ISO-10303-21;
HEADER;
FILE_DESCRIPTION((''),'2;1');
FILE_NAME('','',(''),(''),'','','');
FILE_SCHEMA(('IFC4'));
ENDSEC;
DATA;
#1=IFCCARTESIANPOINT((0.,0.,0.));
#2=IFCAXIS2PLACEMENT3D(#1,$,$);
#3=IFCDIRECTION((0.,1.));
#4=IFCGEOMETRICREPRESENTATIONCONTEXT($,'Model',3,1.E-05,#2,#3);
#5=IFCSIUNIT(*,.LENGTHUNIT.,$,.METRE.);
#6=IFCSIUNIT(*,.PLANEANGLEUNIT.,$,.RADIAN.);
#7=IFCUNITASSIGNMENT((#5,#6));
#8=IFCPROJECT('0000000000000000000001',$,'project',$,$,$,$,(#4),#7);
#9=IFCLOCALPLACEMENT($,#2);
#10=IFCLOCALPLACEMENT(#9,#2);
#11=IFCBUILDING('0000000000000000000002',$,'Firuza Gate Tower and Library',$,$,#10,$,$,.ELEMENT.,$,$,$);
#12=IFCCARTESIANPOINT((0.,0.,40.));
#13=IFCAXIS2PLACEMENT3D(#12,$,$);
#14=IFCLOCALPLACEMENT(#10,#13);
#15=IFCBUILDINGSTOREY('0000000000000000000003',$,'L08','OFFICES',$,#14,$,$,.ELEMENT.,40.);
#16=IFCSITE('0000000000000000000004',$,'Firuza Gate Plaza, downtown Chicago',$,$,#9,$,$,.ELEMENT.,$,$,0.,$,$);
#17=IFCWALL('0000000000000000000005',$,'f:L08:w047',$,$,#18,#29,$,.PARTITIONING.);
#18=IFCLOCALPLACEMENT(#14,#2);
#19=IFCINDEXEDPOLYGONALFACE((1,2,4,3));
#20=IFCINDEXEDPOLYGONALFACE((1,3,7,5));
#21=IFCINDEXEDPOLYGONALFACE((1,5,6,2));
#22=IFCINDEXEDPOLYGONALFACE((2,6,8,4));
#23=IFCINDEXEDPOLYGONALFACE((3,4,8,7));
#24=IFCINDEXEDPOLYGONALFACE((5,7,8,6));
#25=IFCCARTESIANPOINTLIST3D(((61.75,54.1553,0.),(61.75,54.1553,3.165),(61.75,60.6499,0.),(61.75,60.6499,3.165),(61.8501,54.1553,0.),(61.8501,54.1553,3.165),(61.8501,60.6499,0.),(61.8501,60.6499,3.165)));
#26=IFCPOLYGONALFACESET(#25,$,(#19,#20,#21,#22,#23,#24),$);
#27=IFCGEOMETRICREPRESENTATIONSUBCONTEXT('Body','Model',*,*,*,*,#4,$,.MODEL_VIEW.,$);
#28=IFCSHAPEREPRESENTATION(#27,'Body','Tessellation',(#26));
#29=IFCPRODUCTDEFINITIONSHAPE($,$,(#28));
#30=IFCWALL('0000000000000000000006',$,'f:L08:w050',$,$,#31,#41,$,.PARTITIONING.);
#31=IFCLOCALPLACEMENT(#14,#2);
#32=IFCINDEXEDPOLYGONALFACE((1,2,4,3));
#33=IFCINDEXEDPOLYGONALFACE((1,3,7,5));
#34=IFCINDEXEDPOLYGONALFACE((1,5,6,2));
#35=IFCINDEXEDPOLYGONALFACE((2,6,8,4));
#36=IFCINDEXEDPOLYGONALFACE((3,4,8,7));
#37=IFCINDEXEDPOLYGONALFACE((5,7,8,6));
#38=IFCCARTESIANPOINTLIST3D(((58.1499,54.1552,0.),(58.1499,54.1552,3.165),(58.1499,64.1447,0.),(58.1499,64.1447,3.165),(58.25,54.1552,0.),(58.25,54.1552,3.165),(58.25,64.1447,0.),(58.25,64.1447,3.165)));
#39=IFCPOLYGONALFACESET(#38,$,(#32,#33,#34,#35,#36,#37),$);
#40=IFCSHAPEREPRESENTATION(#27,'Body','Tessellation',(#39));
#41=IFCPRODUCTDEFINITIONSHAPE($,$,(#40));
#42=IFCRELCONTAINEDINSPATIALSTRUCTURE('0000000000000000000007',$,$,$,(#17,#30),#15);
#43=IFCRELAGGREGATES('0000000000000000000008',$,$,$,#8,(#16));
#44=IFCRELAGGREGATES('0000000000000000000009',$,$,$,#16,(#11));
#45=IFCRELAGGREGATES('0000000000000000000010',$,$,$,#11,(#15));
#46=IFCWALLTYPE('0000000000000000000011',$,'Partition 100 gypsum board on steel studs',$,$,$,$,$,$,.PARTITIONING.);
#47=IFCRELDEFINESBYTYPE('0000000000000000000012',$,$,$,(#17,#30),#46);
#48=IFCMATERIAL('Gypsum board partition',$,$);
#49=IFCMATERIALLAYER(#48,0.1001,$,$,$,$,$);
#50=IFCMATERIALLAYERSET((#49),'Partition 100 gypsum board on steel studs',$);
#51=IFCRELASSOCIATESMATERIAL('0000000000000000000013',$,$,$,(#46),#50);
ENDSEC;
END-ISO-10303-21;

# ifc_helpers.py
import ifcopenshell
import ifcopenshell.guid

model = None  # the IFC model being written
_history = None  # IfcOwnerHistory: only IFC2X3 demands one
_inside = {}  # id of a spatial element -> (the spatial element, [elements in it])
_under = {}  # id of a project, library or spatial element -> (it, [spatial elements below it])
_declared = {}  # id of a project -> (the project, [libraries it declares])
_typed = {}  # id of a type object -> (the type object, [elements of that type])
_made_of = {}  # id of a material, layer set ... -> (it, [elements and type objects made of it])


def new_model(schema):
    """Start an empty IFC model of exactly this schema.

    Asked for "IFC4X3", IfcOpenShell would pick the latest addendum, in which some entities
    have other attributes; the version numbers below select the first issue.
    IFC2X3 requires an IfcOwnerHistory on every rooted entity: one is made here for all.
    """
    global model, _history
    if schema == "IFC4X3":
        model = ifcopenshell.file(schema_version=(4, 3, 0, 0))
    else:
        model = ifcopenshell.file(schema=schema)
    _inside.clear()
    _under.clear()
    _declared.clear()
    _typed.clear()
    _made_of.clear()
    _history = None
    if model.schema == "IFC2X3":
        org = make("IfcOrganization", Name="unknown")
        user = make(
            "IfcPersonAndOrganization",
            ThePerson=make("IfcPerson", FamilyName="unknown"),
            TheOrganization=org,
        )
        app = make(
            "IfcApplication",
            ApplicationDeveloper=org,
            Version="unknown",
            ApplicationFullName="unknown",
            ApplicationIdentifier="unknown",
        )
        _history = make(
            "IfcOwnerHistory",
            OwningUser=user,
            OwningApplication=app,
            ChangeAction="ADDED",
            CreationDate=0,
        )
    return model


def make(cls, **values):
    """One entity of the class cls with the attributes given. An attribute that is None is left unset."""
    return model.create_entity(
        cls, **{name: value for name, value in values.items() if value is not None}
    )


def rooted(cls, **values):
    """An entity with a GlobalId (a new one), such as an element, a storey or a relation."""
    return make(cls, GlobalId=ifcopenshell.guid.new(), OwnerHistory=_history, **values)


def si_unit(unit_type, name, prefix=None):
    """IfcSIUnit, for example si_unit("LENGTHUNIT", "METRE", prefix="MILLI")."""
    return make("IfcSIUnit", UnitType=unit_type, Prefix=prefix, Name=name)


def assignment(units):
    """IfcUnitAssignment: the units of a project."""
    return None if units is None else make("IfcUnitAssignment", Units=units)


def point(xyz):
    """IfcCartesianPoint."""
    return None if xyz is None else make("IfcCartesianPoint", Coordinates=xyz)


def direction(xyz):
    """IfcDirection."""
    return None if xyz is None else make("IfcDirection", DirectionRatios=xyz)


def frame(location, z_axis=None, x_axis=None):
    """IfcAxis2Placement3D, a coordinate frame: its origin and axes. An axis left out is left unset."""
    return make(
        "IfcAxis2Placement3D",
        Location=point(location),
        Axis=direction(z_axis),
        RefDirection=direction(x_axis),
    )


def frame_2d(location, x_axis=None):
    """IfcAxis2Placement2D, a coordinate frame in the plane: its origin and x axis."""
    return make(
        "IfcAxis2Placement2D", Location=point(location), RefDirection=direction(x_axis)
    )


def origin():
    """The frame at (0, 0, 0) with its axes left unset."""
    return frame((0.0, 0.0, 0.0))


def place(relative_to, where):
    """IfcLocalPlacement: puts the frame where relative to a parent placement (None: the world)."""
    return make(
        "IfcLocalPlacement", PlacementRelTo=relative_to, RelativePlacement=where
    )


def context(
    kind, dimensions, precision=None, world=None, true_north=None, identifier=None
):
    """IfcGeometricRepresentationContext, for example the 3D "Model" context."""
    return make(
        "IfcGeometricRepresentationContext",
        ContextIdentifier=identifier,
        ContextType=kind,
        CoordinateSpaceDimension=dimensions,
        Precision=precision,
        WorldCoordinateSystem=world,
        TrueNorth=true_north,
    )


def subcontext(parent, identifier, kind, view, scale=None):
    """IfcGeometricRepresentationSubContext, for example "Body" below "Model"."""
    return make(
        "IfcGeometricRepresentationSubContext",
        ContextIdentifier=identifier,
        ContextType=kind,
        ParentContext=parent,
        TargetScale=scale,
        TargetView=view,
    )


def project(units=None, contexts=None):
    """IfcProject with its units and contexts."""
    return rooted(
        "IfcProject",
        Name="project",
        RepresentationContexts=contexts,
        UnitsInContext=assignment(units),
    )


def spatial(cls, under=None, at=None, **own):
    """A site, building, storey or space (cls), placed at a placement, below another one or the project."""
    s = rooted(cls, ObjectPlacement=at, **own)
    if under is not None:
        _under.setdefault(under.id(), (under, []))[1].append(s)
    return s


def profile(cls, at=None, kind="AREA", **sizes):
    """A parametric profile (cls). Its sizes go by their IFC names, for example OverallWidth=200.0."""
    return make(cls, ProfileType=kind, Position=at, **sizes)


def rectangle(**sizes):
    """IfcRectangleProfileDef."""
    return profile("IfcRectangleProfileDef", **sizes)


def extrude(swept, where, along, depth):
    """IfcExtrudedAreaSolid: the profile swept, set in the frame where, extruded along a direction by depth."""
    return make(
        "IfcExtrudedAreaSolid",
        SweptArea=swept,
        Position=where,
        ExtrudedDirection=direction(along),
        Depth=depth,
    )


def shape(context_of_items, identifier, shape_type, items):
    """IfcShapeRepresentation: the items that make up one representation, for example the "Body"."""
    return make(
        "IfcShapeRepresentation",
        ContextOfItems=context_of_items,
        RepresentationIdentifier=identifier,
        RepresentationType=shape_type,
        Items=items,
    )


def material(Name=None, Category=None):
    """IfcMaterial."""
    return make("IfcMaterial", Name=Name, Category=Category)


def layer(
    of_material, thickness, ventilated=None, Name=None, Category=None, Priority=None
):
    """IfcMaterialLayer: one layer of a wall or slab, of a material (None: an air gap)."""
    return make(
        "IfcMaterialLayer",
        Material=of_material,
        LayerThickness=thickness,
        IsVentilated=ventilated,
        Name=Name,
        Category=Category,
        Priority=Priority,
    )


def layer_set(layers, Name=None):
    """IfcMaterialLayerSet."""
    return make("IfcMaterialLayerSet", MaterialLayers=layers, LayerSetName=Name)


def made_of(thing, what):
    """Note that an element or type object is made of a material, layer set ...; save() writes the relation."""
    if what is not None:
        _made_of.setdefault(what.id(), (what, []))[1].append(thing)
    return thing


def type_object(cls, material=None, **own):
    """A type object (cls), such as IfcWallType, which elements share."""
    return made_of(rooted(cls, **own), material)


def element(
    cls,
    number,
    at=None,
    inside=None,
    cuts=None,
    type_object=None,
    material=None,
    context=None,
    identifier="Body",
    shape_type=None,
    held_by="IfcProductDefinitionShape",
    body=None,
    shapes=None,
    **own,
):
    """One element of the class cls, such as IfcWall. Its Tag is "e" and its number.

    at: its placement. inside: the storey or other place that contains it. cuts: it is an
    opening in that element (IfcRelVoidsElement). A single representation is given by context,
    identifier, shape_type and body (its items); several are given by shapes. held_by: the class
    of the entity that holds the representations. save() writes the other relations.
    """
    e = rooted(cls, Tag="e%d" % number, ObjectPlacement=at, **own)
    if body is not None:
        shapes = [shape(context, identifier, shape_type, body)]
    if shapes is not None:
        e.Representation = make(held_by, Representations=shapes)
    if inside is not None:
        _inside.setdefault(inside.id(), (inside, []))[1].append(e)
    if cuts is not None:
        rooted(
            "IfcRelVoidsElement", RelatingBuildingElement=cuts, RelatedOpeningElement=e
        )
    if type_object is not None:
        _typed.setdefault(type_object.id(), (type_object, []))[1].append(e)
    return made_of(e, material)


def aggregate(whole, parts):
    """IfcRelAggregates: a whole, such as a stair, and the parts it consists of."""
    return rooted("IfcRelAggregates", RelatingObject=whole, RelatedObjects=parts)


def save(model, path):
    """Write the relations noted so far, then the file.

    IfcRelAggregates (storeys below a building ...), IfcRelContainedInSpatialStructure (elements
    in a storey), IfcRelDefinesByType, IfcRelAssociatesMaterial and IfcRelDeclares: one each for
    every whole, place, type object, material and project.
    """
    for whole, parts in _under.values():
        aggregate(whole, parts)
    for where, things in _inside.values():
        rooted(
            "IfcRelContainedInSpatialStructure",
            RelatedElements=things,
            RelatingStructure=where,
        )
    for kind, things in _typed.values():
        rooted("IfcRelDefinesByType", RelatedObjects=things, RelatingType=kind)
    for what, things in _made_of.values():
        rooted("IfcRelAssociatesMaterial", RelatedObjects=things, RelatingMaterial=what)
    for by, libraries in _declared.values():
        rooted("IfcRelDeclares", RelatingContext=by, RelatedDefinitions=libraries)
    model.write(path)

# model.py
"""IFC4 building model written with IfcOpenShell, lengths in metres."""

from ifc_helpers import new_model, si_unit, direction, frame, frame_2d, origin, place, context, subcontext, project, spatial, rectangle, extrude, material, layer, layer_set, type_object, element, save


model = new_model("IFC4")

# Units and contexts
model_context = context("Model", 3, precision=1e-05, world=origin(), true_north=direction((0.0, 1.0)))
body_context = subcontext(model_context, "Body", "Model", "MODEL_VIEW")
ifc_project = project(units=[si_unit("LENGTHUNIT", "METRE"), si_unit("PLANEANGLEUNIT", "RADIAN")], contexts=[model_context])

# Site, building, storey
site_placement = place(None, origin())
site = spatial("IfcSite", under=ifc_project, at=site_placement, Name="Firuza Gate Plaza, downtown Chicago", CompositionType="ELEMENT", RefElevation=0.0)
building_placement = place(site_placement, origin())
building = spatial("IfcBuilding", under=site, at=building_placement, Name="Firuza Gate Tower and Library", CompositionType="ELEMENT")
storey_placement = place(building_placement, frame((0.0, 0.0, 40.0)))
storey = spatial("IfcBuildingStorey", under=building, at=storey_placement, Name="L08", Description="OFFICES", CompositionType="ELEMENT", Elevation=40.0)

# Walls
ifc_material_1 = material(Name="Gypsum board partition")
ifc_layer_1 = layer(ifc_material_1, 0.1001)
ifc_layer_set_1 = layer_set([ifc_layer_1], Name="Partition 100 gypsum board on steel studs")
wall_type = type_object("IfcWallType", Name="Partition 100 gypsum board on steel studs", PredefinedType="PARTITIONING", material=ifc_layer_set_1)
wall_1_placement = place(storey_placement, frame((61.8, 54.1553, 0.0), z_axis=(0.0, 0.0, 1.0), x_axis=(0.0, 1.0, 0.0)))
element("IfcWall", 1, at=wall_1_placement, inside=storey, type_object=wall_type, Name="f:L08:w047", PredefinedType="PARTITIONING", context=body_context, shape_type="SweptSolid", body=[
    extrude(rectangle(XDim=6.4946, YDim=0.1001, at=frame_2d((3.2473, 0.0))), origin(), (0.0, 0.0, 1.0), 3.165),
])
wall_2_placement = place(storey_placement, frame((58.2, 54.1553, 0.0), z_axis=(0.0, 0.0, 1.0), x_axis=(0.0, 1.0, 0.0)))
element("IfcWall", 2, at=wall_2_placement, inside=storey, type_object=wall_type, Name="f:L08:w050", PredefinedType="PARTITIONING", context=body_context, shape_type="SweptSolid", body=[
    extrude(rectangle(XDim=9.9895, YDim=0.1001, at=frame_2d((4.9946, 0.0))), origin(), (0.0, 0.0, 1.0), 3.165),
])

save(model, "model.ifc")
